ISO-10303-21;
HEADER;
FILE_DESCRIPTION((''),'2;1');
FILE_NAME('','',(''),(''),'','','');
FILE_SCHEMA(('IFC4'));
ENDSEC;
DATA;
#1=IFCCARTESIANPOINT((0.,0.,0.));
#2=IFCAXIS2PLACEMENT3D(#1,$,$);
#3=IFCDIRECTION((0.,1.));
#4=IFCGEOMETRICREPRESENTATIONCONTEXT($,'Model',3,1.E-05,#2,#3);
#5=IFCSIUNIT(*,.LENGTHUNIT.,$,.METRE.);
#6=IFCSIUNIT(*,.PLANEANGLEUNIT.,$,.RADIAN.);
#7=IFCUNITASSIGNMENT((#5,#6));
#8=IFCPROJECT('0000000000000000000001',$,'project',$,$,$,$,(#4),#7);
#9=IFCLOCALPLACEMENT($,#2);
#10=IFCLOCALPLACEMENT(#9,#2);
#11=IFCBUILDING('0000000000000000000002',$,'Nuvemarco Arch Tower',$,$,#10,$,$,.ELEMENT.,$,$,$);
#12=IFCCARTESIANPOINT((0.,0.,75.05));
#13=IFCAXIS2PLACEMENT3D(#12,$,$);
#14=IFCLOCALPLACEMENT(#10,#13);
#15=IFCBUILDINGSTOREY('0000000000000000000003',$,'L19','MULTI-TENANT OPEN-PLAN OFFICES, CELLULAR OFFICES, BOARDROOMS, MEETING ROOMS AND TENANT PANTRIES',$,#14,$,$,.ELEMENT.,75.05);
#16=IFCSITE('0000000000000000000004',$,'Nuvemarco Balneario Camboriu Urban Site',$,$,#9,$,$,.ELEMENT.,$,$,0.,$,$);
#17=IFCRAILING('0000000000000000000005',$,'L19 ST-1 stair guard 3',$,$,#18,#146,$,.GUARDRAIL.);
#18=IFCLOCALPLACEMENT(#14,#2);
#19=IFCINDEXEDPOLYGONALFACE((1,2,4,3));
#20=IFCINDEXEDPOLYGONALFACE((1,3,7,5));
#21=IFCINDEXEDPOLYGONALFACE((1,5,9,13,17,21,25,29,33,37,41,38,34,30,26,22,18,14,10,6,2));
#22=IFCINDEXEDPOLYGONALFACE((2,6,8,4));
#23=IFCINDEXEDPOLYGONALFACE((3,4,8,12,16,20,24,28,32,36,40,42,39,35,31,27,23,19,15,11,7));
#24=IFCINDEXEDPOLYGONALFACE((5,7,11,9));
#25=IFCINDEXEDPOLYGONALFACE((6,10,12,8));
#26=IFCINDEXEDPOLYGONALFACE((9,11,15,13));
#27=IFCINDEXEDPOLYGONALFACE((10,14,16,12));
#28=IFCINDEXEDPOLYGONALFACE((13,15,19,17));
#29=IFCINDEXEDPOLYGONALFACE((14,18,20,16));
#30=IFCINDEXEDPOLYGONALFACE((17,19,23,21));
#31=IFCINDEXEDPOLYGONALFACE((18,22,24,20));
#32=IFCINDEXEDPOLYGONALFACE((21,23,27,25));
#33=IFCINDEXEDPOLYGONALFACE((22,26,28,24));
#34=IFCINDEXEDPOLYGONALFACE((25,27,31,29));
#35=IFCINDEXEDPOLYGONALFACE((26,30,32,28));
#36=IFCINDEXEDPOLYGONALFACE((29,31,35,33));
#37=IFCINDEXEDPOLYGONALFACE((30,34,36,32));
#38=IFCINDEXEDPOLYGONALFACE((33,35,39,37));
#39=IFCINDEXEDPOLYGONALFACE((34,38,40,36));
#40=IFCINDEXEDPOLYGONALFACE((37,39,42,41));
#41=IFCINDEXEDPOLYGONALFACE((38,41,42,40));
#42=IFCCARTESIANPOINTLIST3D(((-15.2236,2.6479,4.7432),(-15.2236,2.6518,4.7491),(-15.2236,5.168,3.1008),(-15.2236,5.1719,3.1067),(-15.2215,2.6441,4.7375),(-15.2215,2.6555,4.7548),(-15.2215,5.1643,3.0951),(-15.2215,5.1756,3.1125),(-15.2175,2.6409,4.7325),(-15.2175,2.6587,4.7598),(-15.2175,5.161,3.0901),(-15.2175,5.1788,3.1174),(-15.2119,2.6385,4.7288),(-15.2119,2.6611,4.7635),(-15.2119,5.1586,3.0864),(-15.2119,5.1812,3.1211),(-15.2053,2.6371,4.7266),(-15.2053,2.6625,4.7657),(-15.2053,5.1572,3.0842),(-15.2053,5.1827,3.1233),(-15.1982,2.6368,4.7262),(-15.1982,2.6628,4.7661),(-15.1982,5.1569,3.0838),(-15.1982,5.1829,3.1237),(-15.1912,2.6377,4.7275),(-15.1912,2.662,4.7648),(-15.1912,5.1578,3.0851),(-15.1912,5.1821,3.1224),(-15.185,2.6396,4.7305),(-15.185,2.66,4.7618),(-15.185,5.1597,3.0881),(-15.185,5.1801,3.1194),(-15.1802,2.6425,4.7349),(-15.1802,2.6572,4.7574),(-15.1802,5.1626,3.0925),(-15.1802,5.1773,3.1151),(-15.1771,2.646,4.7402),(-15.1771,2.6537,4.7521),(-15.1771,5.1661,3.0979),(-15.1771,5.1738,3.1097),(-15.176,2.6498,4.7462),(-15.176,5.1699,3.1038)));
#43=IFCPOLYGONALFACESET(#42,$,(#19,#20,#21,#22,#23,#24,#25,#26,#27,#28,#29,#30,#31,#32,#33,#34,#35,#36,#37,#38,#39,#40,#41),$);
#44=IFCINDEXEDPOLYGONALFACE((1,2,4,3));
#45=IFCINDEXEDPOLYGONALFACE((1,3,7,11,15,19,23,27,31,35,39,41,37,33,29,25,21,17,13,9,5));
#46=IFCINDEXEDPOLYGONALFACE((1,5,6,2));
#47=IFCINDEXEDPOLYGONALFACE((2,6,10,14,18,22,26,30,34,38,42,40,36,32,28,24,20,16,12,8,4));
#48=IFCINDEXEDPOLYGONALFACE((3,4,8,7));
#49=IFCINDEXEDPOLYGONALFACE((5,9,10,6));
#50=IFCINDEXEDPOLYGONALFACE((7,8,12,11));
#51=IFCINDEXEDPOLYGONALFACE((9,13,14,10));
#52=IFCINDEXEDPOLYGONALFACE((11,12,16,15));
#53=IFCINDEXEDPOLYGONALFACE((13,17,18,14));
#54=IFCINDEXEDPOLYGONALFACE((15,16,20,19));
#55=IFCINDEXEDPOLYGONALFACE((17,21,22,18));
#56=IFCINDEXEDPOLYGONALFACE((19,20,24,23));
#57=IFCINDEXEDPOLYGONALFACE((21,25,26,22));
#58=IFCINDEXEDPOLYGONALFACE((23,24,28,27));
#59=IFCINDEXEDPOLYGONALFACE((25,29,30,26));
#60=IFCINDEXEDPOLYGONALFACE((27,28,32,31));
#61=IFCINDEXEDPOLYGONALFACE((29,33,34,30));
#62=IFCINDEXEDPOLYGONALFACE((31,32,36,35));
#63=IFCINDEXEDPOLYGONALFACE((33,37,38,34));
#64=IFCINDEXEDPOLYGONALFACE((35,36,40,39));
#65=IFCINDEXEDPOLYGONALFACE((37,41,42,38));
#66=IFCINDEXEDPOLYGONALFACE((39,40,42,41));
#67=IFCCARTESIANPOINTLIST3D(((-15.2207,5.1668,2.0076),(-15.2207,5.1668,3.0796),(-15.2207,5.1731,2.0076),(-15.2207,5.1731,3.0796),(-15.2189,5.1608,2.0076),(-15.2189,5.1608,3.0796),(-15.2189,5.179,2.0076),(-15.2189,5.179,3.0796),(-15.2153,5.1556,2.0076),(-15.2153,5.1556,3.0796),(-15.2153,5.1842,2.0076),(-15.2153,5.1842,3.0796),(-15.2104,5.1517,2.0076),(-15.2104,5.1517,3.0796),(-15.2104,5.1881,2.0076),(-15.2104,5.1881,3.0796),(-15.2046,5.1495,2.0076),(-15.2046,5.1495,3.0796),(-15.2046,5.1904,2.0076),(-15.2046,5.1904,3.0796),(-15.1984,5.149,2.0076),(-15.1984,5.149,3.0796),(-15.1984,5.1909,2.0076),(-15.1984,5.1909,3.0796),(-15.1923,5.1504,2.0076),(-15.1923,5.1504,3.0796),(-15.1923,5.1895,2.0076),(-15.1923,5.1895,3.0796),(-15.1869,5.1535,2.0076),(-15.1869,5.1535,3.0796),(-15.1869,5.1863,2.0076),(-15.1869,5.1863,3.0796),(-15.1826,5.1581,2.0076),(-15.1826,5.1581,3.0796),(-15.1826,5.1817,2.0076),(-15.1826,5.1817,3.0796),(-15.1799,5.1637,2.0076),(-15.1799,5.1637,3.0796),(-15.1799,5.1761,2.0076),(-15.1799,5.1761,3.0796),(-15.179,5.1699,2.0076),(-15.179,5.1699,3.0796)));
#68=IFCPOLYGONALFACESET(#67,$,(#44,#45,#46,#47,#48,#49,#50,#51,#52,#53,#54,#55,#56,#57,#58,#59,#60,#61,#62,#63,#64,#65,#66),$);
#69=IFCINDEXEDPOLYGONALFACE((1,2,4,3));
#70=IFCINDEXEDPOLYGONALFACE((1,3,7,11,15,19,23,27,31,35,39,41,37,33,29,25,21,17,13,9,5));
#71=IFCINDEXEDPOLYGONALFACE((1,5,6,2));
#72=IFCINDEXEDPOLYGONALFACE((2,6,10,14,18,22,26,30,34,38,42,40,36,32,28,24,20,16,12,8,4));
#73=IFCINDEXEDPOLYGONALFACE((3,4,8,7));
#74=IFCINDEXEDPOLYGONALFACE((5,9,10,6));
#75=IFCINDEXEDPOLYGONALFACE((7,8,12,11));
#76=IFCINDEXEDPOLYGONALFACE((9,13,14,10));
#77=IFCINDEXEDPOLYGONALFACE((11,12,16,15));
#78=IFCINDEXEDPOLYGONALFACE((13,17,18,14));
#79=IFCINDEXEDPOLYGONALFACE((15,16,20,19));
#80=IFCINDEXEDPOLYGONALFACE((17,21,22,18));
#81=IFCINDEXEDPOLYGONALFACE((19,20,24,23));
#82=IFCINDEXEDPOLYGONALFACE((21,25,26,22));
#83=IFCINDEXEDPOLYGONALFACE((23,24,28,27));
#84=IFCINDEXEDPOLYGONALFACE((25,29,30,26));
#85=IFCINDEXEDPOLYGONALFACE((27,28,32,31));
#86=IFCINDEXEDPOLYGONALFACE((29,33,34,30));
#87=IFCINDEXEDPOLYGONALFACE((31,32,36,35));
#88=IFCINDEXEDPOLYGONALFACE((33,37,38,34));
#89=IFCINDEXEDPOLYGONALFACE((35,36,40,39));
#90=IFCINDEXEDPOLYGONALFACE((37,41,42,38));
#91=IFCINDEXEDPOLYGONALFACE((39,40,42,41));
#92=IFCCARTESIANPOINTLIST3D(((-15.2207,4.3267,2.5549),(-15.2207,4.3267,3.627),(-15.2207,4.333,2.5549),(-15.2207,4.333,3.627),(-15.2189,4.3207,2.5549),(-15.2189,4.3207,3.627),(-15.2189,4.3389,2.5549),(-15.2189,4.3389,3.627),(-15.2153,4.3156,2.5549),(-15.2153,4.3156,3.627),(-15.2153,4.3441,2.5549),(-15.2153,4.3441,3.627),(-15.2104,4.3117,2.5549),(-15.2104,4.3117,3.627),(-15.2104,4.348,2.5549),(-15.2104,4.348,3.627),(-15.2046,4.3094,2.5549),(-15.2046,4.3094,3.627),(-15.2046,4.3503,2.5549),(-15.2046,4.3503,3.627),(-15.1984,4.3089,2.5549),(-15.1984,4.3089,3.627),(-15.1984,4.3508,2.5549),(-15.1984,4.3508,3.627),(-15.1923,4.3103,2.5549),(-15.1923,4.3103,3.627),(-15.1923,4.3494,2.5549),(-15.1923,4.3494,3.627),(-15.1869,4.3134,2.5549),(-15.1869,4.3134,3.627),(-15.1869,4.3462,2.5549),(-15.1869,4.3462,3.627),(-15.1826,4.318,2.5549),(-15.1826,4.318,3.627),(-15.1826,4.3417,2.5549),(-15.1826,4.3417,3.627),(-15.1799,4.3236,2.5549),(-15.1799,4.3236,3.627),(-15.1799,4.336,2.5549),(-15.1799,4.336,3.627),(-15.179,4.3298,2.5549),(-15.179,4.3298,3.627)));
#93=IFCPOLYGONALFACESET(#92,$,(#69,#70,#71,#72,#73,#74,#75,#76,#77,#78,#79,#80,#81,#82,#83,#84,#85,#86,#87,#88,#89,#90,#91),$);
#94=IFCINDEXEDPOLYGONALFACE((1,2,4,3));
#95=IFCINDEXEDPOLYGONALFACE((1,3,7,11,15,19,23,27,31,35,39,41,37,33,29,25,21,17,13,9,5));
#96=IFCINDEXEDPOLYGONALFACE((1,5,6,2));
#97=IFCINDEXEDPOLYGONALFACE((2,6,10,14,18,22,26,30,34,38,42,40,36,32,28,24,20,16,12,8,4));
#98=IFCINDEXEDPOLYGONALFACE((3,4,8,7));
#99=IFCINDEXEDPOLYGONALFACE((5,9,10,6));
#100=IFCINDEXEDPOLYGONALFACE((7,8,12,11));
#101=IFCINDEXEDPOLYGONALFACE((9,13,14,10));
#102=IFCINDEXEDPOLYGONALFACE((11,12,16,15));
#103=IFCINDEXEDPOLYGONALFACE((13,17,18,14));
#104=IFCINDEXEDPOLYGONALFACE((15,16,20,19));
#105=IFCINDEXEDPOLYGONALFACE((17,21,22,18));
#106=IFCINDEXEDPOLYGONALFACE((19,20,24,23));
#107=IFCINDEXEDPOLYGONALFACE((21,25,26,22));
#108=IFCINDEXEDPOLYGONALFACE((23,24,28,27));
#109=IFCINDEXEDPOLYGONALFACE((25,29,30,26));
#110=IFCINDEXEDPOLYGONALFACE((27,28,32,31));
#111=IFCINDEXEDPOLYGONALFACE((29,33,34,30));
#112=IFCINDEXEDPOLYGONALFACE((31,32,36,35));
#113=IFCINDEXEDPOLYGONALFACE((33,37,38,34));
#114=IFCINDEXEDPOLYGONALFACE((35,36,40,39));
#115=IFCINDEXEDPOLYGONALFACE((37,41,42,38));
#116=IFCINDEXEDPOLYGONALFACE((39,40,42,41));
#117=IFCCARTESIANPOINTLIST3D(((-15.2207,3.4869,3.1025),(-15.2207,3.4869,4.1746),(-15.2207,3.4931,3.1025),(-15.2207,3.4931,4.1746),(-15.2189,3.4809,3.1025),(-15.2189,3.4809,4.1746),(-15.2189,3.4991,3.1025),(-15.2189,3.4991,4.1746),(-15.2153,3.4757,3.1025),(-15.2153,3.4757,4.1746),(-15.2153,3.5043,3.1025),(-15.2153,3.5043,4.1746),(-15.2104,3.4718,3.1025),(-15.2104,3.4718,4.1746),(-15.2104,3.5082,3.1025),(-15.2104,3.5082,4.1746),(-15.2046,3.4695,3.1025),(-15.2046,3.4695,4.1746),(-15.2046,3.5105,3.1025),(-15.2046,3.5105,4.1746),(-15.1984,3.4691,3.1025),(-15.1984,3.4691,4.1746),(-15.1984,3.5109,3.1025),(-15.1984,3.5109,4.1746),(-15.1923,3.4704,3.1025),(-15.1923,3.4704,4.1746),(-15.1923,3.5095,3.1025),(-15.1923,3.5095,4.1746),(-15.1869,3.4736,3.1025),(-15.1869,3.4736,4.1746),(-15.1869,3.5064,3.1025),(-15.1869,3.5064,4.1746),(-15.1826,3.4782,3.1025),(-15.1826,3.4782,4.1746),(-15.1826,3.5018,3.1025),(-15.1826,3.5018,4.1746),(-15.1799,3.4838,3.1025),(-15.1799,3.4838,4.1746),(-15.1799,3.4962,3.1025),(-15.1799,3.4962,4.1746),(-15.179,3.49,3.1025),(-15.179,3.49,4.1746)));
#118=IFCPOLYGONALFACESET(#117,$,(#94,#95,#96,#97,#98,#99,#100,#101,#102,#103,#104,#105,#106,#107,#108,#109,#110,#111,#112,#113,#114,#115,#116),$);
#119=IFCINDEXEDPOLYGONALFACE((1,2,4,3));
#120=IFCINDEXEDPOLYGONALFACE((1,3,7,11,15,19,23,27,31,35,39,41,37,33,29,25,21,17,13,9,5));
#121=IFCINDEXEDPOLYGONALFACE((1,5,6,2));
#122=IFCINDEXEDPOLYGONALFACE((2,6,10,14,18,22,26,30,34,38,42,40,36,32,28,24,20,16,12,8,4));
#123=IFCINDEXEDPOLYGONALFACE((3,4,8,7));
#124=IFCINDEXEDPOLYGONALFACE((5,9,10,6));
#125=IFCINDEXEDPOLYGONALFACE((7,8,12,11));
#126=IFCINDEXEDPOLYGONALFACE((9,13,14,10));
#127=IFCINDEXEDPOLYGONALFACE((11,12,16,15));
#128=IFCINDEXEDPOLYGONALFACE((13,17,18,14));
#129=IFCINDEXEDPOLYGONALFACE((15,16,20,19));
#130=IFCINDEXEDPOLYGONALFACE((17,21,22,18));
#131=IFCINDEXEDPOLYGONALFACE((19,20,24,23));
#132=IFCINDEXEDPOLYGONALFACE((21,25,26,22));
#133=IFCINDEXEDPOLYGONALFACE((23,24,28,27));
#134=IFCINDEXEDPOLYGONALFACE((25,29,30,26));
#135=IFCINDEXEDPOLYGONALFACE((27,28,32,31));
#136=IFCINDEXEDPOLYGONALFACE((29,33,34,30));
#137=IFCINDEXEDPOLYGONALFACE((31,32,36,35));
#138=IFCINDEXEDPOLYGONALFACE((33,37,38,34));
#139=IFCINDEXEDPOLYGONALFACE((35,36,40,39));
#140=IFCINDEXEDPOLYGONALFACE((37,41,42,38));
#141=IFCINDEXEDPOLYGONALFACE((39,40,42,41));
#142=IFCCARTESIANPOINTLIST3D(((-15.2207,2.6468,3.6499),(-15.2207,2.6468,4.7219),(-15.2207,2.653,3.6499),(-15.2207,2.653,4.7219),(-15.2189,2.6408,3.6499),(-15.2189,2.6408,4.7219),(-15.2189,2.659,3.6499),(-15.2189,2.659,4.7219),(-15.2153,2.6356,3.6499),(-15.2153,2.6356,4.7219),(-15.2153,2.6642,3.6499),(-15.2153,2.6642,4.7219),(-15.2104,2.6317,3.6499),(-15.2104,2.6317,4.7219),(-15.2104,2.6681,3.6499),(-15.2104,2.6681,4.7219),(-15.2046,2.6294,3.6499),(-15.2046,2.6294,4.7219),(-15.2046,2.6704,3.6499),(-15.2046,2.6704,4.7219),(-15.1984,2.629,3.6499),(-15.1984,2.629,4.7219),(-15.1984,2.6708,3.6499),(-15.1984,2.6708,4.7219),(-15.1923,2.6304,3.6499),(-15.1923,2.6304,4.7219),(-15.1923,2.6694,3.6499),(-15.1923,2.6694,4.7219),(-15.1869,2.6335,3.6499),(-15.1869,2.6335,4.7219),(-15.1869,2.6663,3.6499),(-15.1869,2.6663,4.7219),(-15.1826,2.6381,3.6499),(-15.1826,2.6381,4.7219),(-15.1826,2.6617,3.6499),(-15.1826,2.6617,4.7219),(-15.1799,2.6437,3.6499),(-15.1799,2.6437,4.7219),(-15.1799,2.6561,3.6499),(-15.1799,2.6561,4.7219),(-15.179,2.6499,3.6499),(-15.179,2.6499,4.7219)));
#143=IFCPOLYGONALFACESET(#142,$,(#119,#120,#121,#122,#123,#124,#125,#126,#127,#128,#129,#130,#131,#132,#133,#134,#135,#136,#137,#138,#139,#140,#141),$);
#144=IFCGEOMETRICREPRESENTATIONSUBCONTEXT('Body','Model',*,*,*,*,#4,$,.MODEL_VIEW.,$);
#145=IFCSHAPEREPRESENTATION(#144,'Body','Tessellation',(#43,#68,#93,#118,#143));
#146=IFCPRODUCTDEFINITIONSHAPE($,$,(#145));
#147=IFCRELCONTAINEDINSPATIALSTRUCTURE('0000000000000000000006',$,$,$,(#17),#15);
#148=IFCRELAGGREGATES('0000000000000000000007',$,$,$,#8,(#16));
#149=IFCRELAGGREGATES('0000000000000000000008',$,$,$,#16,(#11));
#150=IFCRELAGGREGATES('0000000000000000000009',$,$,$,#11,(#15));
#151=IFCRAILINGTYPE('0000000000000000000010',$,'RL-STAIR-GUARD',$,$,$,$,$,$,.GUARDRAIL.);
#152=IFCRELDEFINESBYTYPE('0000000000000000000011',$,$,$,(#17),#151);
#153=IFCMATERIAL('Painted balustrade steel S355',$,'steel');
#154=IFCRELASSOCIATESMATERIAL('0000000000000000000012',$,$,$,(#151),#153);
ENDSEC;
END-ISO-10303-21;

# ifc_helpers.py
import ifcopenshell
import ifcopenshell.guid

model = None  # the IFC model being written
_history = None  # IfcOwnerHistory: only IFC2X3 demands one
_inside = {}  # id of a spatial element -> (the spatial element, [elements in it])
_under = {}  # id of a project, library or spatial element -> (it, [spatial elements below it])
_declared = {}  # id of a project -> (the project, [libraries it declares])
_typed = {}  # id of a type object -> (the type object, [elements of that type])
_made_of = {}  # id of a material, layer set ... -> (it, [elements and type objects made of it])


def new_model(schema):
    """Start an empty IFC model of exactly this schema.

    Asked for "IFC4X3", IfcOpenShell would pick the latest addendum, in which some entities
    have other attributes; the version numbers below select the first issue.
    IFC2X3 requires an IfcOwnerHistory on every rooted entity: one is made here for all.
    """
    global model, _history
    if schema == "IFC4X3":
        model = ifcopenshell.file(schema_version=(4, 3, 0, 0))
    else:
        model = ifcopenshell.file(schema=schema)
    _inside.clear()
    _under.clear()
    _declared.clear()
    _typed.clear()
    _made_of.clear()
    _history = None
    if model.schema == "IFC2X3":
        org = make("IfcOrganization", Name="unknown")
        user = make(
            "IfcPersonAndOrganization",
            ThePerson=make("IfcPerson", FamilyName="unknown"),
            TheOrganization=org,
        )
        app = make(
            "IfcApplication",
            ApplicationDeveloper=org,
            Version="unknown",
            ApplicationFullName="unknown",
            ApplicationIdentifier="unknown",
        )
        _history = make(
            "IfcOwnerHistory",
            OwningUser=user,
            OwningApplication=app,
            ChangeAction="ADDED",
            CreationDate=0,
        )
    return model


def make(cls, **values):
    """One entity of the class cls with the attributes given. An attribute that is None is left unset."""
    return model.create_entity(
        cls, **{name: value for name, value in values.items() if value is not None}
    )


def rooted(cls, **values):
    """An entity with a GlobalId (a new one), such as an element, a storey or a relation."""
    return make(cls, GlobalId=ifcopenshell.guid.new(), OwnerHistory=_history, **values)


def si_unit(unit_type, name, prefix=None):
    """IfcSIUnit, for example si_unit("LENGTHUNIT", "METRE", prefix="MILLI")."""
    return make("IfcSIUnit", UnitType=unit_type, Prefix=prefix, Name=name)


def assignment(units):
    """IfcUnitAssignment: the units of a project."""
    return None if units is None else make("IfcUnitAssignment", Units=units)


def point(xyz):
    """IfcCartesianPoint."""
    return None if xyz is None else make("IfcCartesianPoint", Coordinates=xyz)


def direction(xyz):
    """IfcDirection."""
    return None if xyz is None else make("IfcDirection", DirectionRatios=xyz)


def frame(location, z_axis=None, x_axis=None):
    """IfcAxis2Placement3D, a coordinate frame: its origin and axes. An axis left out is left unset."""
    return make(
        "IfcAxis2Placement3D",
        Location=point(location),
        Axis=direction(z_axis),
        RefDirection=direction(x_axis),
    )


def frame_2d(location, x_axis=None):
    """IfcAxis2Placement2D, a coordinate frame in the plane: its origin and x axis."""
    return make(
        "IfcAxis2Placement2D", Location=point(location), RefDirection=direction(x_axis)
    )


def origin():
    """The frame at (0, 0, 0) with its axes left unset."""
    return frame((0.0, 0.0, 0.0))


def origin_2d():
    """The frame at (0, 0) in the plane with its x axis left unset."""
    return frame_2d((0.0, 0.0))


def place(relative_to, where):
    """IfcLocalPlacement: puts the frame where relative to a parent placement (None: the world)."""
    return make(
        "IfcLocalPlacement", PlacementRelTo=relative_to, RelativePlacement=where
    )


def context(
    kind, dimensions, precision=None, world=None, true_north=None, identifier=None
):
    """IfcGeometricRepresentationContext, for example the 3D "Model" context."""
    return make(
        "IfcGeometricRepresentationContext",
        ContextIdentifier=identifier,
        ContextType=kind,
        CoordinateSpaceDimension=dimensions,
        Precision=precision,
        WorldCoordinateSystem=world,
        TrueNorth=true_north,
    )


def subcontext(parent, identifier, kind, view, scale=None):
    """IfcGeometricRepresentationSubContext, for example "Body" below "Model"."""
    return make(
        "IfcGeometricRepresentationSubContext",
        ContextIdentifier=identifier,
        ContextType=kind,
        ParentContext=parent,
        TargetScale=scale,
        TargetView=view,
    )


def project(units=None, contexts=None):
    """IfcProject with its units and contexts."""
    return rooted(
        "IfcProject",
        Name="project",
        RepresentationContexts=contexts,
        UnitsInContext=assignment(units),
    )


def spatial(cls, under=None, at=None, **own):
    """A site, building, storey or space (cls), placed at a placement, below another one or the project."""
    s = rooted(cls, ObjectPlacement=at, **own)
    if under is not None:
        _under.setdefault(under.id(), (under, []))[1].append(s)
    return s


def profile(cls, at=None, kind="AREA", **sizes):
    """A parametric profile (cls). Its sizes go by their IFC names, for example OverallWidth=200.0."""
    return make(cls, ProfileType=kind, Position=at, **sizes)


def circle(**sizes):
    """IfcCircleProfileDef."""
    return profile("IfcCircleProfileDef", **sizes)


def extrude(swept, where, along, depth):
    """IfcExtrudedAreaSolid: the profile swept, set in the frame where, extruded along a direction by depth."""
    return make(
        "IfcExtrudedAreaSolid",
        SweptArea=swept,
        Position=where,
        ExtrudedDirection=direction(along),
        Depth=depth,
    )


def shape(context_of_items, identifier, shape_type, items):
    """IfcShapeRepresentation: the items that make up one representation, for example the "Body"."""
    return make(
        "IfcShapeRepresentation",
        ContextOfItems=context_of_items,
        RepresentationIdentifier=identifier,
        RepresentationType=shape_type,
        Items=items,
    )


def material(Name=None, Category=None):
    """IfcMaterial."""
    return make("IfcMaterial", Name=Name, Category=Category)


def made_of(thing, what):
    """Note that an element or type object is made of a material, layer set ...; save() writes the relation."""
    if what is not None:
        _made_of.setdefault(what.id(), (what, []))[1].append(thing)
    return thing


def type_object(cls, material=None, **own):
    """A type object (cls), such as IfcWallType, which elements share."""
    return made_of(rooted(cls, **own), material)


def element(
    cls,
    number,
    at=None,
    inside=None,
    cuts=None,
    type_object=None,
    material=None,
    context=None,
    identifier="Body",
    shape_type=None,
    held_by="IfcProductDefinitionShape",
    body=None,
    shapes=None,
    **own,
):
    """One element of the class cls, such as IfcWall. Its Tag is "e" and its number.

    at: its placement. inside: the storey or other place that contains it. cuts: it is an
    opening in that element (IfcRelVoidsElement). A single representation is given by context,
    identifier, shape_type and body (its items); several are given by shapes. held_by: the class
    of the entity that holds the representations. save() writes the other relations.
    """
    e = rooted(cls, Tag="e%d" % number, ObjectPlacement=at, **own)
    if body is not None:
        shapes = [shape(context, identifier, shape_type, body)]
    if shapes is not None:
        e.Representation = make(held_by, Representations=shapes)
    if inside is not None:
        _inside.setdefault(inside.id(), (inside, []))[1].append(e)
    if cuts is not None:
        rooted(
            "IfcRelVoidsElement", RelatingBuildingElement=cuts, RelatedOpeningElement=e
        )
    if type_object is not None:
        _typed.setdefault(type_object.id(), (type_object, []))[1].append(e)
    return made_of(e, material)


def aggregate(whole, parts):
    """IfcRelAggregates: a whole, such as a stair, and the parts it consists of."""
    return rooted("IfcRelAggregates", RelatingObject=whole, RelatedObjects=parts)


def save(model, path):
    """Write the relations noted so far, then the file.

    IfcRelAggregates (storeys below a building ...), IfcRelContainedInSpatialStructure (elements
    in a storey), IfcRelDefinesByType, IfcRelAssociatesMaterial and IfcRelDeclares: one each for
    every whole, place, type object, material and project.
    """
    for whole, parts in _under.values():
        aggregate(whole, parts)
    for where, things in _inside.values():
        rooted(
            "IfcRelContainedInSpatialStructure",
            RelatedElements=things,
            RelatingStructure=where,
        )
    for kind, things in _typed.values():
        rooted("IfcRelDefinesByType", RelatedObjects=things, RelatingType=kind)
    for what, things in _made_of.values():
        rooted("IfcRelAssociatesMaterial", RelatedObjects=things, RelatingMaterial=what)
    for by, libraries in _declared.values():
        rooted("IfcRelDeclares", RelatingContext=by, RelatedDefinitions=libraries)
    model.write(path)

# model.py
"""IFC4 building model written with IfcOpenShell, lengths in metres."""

from ifc_helpers import new_model, si_unit, direction, frame, origin, origin_2d, place, context, subcontext, project, spatial, circle, extrude, material, type_object, element, save


model = new_model("IFC4")

# Units and contexts
model_context = context("Model", 3, precision=1e-05, world=origin(), true_north=direction((0.0, 1.0)))
body_context = subcontext(model_context, "Body", "Model", "MODEL_VIEW")
ifc_project = project(units=[si_unit("LENGTHUNIT", "METRE"), si_unit("PLANEANGLEUNIT", "RADIAN")], contexts=[model_context])

# Site, building, storey
site_placement = place(None, origin())
site = spatial("IfcSite", under=ifc_project, at=site_placement, Name="Nuvemarco Balneario Camboriu Urban Site", CompositionType="ELEMENT", RefElevation=0.0)
building_placement = place(site_placement, origin())
building = spatial("IfcBuilding", under=site, at=building_placement, Name="Nuvemarco Arch Tower", CompositionType="ELEMENT")
storey_placement = place(building_placement, frame((0.0, 0.0, 75.05)))
storey = spatial("IfcBuildingStorey", under=building, at=storey_placement, Name="L19", Description="MULTI-TENANT OPEN-PLAN OFFICES, CELLULAR OFFICES, BOARDROOMS, MEETING ROOMS AND TENANT PANTRIES", CompositionType="ELEMENT", Elevation=75.05)

# Railing
ifc_material_1 = material(Name="Painted balustrade steel S355", Category="steel")
railing_type_1 = type_object("IfcRailingType", Name="RL-STAIR-GUARD", PredefinedType="GUARDRAIL", material=ifc_material_1)
railing_1_placement = place(storey_placement, frame((-15.2, 5.1699, 2.0076)))
element("IfcRailing", 1, at=railing_1_placement, inside=storey, type_object=railing_type_1, Name="L19 ST-1 stair guard 3", PredefinedType="GUARDRAIL", context=body_context, shape_type="SweptSolid", body=[
    extrude(circle(Radius=0.0239, at=origin_2d()), frame((0.0, 0.0, 1.0962), z_axis=(0.0, -0.837787, 0.545998), x_axis=(1.0, 0.0, 0.0)), (0.0, 0.0, 1.0), 3.0081),
    extrude(circle(Radius=0.021, at=origin_2d()), origin(), (0.0, 0.0, 1.0), 1.072),
    extrude(circle(Radius=0.021, at=origin_2d()), frame((0.0, -0.8401, 0.5474)), (0.0, 0.0, 1.0), 1.072),
    extrude(circle(Radius=0.021, at=origin_2d()), frame((0.0, -1.6799, 1.095)), (0.0, 0.0, 1.0), 1.072),
    extrude(circle(Radius=0.021, at=origin_2d()), frame((0.0, -2.52, 1.6423)), (0.0, 0.0, 1.0), 1.072),
])

save(model, "model.ifc")
